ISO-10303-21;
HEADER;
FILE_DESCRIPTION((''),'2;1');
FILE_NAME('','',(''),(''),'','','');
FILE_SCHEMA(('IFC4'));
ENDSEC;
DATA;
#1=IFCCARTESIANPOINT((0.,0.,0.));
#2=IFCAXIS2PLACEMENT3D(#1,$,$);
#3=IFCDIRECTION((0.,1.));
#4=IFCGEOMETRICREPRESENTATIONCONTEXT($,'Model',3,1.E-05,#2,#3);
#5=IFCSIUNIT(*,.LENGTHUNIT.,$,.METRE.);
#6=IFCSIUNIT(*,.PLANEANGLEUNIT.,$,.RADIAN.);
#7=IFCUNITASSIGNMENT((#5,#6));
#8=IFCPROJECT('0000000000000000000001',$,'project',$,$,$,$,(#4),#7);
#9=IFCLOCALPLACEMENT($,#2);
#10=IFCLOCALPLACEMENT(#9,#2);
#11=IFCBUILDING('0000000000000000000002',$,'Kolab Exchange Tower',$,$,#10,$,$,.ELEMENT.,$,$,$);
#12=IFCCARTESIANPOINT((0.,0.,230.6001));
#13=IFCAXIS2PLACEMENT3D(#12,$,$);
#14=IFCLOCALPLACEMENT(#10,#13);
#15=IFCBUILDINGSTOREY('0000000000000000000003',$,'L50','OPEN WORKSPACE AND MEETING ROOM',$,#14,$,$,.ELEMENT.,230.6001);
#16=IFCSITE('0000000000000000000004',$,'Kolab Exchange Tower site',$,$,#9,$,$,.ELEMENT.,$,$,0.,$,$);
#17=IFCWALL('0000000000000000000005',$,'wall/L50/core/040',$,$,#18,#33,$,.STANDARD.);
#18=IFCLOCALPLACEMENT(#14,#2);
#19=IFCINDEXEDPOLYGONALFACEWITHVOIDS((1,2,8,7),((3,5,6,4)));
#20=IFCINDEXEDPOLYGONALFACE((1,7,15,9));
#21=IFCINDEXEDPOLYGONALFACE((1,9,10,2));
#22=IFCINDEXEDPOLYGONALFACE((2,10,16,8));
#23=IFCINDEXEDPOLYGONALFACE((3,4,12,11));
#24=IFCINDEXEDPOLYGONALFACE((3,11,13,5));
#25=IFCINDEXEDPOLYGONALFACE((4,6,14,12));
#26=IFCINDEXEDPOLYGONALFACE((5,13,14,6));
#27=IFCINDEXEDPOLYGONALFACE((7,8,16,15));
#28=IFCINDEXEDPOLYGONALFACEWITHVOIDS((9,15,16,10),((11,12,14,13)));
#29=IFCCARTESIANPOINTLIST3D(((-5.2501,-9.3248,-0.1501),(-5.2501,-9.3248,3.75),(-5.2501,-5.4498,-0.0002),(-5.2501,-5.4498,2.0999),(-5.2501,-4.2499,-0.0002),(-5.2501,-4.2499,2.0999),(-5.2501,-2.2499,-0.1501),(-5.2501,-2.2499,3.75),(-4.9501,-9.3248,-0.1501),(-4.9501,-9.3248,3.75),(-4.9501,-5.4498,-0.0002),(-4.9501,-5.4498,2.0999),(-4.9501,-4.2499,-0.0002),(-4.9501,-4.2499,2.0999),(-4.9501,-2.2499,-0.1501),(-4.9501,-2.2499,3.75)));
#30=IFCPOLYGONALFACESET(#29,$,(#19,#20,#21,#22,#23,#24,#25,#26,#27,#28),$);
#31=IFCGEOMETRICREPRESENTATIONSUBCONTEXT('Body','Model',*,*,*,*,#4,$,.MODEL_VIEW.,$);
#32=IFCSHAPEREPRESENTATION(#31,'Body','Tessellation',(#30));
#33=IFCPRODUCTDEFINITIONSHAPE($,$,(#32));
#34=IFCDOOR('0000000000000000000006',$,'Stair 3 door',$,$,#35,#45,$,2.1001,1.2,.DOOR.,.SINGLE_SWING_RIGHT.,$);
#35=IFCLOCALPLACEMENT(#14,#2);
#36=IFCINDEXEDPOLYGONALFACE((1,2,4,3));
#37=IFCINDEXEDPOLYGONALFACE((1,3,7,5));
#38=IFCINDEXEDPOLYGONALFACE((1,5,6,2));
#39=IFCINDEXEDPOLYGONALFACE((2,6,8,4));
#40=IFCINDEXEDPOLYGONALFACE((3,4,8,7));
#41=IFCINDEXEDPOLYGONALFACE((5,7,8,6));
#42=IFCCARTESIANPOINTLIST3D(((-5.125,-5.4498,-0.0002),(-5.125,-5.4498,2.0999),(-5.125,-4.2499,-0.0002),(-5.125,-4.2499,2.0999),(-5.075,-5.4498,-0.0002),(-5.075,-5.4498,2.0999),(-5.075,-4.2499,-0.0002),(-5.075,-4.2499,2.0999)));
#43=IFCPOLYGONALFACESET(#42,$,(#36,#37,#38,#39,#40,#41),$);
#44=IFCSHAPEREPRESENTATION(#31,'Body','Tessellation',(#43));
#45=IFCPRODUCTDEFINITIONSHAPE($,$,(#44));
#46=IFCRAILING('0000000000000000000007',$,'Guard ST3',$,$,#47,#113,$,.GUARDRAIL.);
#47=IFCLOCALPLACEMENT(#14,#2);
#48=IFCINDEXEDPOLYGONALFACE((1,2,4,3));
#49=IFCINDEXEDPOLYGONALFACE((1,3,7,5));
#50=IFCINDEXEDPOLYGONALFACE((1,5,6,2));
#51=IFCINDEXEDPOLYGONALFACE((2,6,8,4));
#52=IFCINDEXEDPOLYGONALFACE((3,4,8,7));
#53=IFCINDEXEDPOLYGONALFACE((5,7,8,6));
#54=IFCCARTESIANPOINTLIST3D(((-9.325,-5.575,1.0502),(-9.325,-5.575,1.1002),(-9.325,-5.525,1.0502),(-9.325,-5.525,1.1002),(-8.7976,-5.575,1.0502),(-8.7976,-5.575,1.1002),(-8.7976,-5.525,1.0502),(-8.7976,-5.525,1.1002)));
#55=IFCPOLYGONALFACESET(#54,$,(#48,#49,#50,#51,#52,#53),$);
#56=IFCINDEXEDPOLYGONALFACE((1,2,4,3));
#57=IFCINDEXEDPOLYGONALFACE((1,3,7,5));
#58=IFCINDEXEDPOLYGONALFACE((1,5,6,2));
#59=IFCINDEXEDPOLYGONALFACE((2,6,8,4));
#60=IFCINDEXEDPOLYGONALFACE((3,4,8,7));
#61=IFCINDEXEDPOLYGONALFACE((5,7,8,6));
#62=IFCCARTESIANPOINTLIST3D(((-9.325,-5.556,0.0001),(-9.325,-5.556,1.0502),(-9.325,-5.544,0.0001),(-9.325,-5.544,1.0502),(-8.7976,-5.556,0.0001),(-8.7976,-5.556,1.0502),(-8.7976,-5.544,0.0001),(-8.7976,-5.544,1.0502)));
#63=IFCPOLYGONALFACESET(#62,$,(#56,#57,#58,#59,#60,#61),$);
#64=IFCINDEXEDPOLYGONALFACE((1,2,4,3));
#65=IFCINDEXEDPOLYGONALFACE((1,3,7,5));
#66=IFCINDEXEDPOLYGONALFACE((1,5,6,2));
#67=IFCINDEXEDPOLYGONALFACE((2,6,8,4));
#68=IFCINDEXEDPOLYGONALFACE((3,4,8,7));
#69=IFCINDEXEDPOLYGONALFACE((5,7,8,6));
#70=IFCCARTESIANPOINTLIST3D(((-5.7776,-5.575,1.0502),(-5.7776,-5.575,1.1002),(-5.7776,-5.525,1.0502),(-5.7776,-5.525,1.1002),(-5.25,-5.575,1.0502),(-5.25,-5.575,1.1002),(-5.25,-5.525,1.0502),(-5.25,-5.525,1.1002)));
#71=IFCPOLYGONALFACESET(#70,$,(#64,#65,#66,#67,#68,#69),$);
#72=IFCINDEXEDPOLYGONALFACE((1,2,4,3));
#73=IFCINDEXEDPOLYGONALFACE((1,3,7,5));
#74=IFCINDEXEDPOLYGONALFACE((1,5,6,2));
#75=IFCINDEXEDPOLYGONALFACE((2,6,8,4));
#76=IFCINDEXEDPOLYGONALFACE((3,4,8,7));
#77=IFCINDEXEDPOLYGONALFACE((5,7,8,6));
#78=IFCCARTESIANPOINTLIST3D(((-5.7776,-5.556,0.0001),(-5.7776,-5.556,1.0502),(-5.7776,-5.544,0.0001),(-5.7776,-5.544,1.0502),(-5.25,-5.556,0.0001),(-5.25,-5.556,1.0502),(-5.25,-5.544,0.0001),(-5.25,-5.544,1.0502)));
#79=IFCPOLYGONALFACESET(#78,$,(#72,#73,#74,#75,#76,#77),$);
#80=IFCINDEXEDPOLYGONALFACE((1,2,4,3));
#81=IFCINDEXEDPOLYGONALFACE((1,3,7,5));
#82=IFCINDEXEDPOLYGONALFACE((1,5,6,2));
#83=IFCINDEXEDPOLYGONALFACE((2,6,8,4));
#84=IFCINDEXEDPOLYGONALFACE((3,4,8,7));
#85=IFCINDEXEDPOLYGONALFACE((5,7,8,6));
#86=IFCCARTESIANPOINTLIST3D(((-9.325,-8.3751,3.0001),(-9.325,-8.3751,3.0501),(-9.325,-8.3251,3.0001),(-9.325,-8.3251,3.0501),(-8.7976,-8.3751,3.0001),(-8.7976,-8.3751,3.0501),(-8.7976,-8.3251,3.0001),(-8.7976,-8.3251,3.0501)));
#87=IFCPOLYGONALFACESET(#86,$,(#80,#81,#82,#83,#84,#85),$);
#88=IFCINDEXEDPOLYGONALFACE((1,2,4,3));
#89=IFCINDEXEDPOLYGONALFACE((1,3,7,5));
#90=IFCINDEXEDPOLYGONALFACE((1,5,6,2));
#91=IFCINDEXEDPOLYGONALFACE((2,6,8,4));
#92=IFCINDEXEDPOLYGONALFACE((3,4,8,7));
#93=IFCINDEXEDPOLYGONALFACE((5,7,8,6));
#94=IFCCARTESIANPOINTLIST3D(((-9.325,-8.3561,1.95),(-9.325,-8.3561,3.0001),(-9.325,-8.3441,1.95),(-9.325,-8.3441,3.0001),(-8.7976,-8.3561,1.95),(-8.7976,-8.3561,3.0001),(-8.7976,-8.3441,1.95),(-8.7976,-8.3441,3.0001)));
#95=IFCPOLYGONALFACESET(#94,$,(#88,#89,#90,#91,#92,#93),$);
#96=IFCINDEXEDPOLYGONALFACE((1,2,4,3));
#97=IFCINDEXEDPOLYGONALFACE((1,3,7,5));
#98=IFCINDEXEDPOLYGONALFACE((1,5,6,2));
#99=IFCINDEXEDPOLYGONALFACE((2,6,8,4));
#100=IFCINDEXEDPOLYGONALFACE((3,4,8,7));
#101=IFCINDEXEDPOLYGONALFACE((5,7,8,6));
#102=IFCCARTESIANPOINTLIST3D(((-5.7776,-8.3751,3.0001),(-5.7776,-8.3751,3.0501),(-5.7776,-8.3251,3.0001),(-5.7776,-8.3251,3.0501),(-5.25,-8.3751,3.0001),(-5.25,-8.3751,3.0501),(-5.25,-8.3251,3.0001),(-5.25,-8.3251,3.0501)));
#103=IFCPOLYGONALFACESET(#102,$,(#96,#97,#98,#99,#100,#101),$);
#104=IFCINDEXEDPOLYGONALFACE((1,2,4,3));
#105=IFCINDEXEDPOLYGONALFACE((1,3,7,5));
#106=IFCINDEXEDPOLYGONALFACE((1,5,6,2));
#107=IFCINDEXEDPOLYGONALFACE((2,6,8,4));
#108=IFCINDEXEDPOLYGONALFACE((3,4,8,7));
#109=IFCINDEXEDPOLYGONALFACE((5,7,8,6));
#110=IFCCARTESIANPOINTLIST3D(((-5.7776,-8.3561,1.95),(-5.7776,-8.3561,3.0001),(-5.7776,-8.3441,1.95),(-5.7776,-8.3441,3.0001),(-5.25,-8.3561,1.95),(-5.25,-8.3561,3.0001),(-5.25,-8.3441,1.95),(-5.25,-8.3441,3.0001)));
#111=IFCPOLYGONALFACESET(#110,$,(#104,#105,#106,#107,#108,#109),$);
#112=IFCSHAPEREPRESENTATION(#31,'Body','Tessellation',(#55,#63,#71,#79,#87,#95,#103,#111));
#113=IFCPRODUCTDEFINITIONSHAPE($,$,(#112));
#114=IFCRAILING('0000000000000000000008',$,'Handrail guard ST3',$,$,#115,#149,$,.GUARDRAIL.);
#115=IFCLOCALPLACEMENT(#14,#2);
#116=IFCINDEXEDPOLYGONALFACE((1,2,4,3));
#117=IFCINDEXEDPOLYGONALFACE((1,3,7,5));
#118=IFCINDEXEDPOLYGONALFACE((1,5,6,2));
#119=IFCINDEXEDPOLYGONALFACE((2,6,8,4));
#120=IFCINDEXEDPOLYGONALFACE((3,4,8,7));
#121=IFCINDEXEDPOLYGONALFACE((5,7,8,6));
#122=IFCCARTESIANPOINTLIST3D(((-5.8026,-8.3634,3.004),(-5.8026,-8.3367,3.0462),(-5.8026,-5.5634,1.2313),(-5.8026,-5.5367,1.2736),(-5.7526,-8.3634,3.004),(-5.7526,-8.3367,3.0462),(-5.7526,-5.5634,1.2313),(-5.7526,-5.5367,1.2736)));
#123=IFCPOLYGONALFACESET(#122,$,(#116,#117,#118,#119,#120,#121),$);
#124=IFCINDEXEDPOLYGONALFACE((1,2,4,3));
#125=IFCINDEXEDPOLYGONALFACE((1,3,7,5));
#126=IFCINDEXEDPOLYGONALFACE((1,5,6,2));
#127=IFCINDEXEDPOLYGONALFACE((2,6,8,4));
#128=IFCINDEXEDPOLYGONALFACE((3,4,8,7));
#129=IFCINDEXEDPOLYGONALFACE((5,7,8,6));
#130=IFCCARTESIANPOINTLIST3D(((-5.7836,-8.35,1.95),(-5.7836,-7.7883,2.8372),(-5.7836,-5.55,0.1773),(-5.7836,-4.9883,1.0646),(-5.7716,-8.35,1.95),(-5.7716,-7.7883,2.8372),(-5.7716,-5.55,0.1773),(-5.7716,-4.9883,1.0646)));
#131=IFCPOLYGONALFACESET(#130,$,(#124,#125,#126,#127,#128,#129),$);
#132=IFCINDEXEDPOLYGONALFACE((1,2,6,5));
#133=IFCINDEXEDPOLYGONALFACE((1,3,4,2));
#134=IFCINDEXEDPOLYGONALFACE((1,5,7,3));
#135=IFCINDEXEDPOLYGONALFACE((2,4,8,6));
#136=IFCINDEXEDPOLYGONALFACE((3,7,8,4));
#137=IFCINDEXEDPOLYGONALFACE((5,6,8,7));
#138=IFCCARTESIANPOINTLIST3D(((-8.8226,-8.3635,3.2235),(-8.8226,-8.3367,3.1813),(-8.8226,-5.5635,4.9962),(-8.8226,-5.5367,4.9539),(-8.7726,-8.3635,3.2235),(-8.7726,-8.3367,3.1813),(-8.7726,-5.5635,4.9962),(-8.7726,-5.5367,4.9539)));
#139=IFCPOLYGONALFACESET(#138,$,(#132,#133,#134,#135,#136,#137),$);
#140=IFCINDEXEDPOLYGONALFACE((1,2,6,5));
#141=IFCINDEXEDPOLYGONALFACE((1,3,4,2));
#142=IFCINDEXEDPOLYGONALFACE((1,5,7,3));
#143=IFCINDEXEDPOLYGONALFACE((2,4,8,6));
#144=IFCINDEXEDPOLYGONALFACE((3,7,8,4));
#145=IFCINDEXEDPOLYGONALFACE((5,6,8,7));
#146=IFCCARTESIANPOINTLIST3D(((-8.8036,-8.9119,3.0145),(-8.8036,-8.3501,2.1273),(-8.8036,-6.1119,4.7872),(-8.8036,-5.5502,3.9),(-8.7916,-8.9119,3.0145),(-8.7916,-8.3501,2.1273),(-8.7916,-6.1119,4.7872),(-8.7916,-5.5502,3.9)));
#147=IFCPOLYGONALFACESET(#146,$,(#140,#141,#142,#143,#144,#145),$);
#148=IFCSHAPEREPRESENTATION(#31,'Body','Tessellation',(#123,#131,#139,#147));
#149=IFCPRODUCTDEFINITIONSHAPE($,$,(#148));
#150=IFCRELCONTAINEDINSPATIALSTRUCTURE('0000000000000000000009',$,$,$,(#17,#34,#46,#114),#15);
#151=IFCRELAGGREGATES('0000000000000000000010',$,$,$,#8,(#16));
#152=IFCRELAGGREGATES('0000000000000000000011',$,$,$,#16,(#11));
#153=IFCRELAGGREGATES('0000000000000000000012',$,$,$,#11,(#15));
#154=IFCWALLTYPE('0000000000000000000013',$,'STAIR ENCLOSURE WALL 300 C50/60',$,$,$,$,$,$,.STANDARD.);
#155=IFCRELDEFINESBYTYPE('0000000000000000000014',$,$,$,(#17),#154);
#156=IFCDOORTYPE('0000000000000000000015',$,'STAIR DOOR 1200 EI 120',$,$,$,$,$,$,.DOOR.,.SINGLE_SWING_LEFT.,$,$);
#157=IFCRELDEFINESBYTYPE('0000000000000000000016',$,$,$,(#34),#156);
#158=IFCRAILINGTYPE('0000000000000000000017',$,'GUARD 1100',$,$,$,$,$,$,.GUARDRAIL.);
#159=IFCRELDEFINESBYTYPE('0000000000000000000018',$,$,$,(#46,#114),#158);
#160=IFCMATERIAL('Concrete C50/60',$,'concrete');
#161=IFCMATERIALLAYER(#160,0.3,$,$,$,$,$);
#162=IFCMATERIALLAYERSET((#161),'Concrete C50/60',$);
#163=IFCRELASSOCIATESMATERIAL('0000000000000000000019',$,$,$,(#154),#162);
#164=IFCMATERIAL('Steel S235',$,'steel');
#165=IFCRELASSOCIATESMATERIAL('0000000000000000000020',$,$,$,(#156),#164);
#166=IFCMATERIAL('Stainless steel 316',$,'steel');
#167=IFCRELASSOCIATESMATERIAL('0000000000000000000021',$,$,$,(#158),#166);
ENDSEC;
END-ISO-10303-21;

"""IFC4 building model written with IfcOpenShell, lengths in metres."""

from ifc_helpers import new_model, si_unit, direction, frame, frame_2d, origin, origin_2d, place, context, subcontext, project, spatial, rectangle, extrude, material, layer, layer_set, type_object, element, fill, save


model = new_model("IFC4")

# Units and contexts
model_context = context("Model", 3, precision=1e-05, world=origin(), true_north=direction((0.0, 1.0)))
body_context = subcontext(model_context, "Body", "Model", "MODEL_VIEW")
ifc_project = project(units=[si_unit("LENGTHUNIT", "METRE"), si_unit("PLANEANGLEUNIT", "RADIAN")], contexts=[model_context])

# Site, building, storey
site_placement = place(None, origin())
site = spatial("IfcSite", under=ifc_project, at=site_placement, Name="Kolab Exchange Tower site", CompositionType="ELEMENT", RefElevation=0.0)
building_placement = place(site_placement, origin())
building = spatial("IfcBuilding", under=site, at=building_placement, Name="Kolab Exchange Tower", CompositionType="ELEMENT")
storey_placement = place(building_placement, frame((0.0, 0.0, 230.6001)))
storey = spatial("IfcBuildingStorey", under=building, at=storey_placement, Name="L50", Description="OPEN WORKSPACE AND MEETING ROOM", CompositionType="ELEMENT", Elevation=230.6001)

# Shared definitions
ifc_material_1 = material(Name="Concrete C50/60", Category="concrete")
ifc_material_2 = material(Name="Steel S235", Category="steel")

# Shared definitions
ifc_material_3 = material(Name="Stainless steel 316", Category="steel")

# Shared definitions
ifc_layer_1 = layer(ifc_material_1, 0.3)
ifc_layer_set_1 = layer_set([ifc_layer_1], Name="Concrete C50/60")
wall_type_1 = type_object("IfcWallType", Name="STAIR ENCLOSURE WALL 300 C50/60", PredefinedType="STANDARD", material=ifc_layer_set_1)

# Wall, opening, door
wall_1_placement = place(storey_placement, frame((-5.1001, -9.325, -0.1501), z_axis=(0.0, 0.0, 1.0), x_axis=(0.0, 1.0, 0.0)))
wall_1 = element("IfcWall", 1, at=wall_1_placement, inside=storey, type_object=wall_type_1, Name="wall/L50/core/040", PredefinedType="STANDARD", context=body_context, shape_type="SweptSolid", body=[
    extrude(rectangle(XDim=7.075, YDim=0.3, at=frame_2d((3.5376, 0.0))), origin(), (0.0, 0.0, 1.0), 3.9001),
])
opening_1_placement = place(wall_1_placement, frame((3.875, 0.0, 0.1499)))
opening_1 = element("IfcOpeningElement", 2, at=opening_1_placement, cuts=wall_1, PredefinedType="OPENING", context=body_context, shape_type="SweptSolid", body=[
    extrude(rectangle(XDim=1.2, YDim=2.1001, at=frame_2d((0.6001, 1.05))), frame((0.0, 0.1602, 0.0), z_axis=(0.0, -1.0, 0.0), x_axis=(1.0, 0.0, 0.0)), (0.0, 0.0, 1.0), 0.3201),
])
door_type_1 = type_object("IfcDoorType", Name="STAIR DOOR 1200 EI 120", OperationType="SINGLE_SWING_LEFT", PredefinedType="DOOR", material=ifc_material_2)
door_1_placement = place(opening_1_placement, origin())
door_1 = element("IfcDoor", 3, at=door_1_placement, inside=storey, type_object=door_type_1, Name="Stair 3 door", OperationType="SINGLE_SWING_RIGHT", OverallHeight=2.1001, OverallWidth=1.2, PredefinedType="DOOR", context=body_context, shape_type="SweptSolid", body=[
    extrude(rectangle(XDim=1.2, YDim=2.1001, at=frame_2d((0.6001, 1.05))), frame((0.0, 0.0249, 0.0), z_axis=(0.0, -1.0, 0.0), x_axis=(1.0, 0.0, 0.0)), (0.0, 0.0, 1.0), 0.05),
])
fill(opening_1, door_1)

# Railings
railing_type = type_object("IfcRailingType", Name="GUARD 1100", PredefinedType="GUARDRAIL", material=ifc_material_3)
railing_1_placement = place(storey_placement, frame((-9.325, -5.55, 0.0)))
element("IfcRailing", 4, at=railing_1_placement, inside=storey, type_object=railing_type, Name="Guard ST3", PredefinedType="GUARDRAIL", context=body_context, shape_type="SweptSolid", body=[
    extrude(rectangle(XDim=0.05, YDim=0.05, at=origin_2d()), frame((0.0, 0.0, 1.0752), z_axis=(1.0, 0.0, 0.0), x_axis=(0.0, 1.0, 0.0)), (0.0, 0.0, 1.0), 0.5273),
    extrude(rectangle(XDim=0.012, YDim=1.0501, at=frame_2d((0.0, 0.5251))), frame((0.0, 0.0, 0.0), z_axis=(1.0, 0.0, 0.0), x_axis=(0.0, 1.0, 0.0)), (0.0, 0.0, 1.0), 0.5273),
    extrude(rectangle(XDim=0.05, YDim=0.05, at=origin_2d()), frame((3.5474, 0.0, 1.0752), z_axis=(1.0, 0.0, 0.0), x_axis=(0.0, 1.0, 0.0)), (0.0, 0.0, 1.0), 0.5276),
    extrude(rectangle(XDim=0.012, YDim=1.0501, at=frame_2d((0.0, 0.5251))), frame((3.5474, 0.0, 0.0), z_axis=(1.0, 0.0, 0.0), x_axis=(0.0, 1.0, 0.0)), (0.0, 0.0, 1.0), 0.5276),
    extrude(rectangle(XDim=0.05, YDim=0.05, at=origin_2d()), frame((0.0, -2.8, 3.0251), z_axis=(1.0, 0.0, 0.0), x_axis=(0.0, 1.0, 0.0)), (0.0, 0.0, 1.0), 0.5273),
    extrude(rectangle(XDim=0.012, YDim=1.0501, at=frame_2d((0.0, 0.5251))), frame((0.0, -2.8, 1.95), z_axis=(1.0, 0.0, 0.0), x_axis=(0.0, 1.0, 0.0)), (0.0, 0.0, 1.0), 0.5273),
    extrude(rectangle(XDim=0.05, YDim=0.05, at=origin_2d()), frame((3.5474, -2.8, 3.0251), z_axis=(1.0, 0.0, 0.0), x_axis=(0.0, 1.0, 0.0)), (0.0, 0.0, 1.0), 0.5276),
    extrude(rectangle(XDim=0.012, YDim=1.0501, at=frame_2d((0.0, 0.5251))), frame((3.5474, -2.8, 1.95), z_axis=(1.0, 0.0, 0.0), x_axis=(0.0, 1.0, 0.0)), (0.0, 0.0, 1.0), 0.5276),
])
railing_2_placement = place(storey_placement, frame((-5.7776, -5.55, 0.1772)))
element("IfcRailing", 5, at=railing_2_placement, inside=storey, type_object=railing_type, Name="Handrail guard ST3", PredefinedType="GUARDRAIL", context=body_context, shape_type="SweptSolid", body=[
    extrude(rectangle(XDim=0.05, YDim=0.05, at=origin_2d()), frame((0.0, 0.0, 1.0752), z_axis=(0.0, -0.844909, 0.53491), x_axis=(1.0, 0.0, 0.0)), (0.0, 0.0, 1.0), 3.314),
    extrude(rectangle(XDim=0.012, YDim=1.0501, at=frame_2d((0.0, 0.5251))), frame((0.0, 0.0, 0.0), z_axis=(0.0, -0.844909, 0.53491), x_axis=(1.0, 0.0, 0.0)), (0.0, 0.0, 1.0), 3.314),
    extrude(rectangle(XDim=0.05, YDim=0.05, at=origin_2d()), frame((-3.02, -2.8, 3.0251), z_axis=(0.0, 0.844909, 0.53491), x_axis=(-1.0, 0.0, 0.0)), (0.0, 0.0, 1.0), 3.314),
    extrude(rectangle(XDim=0.012, YDim=1.0501, at=frame_2d((0.0, 0.5251))), frame((-3.02, -2.8, 1.95), z_axis=(0.0, 0.844909, 0.53491), x_axis=(-1.0, 0.0, 0.0)), (0.0, 0.0, 1.0), 3.314),
])

save(model, "model.ifc")
